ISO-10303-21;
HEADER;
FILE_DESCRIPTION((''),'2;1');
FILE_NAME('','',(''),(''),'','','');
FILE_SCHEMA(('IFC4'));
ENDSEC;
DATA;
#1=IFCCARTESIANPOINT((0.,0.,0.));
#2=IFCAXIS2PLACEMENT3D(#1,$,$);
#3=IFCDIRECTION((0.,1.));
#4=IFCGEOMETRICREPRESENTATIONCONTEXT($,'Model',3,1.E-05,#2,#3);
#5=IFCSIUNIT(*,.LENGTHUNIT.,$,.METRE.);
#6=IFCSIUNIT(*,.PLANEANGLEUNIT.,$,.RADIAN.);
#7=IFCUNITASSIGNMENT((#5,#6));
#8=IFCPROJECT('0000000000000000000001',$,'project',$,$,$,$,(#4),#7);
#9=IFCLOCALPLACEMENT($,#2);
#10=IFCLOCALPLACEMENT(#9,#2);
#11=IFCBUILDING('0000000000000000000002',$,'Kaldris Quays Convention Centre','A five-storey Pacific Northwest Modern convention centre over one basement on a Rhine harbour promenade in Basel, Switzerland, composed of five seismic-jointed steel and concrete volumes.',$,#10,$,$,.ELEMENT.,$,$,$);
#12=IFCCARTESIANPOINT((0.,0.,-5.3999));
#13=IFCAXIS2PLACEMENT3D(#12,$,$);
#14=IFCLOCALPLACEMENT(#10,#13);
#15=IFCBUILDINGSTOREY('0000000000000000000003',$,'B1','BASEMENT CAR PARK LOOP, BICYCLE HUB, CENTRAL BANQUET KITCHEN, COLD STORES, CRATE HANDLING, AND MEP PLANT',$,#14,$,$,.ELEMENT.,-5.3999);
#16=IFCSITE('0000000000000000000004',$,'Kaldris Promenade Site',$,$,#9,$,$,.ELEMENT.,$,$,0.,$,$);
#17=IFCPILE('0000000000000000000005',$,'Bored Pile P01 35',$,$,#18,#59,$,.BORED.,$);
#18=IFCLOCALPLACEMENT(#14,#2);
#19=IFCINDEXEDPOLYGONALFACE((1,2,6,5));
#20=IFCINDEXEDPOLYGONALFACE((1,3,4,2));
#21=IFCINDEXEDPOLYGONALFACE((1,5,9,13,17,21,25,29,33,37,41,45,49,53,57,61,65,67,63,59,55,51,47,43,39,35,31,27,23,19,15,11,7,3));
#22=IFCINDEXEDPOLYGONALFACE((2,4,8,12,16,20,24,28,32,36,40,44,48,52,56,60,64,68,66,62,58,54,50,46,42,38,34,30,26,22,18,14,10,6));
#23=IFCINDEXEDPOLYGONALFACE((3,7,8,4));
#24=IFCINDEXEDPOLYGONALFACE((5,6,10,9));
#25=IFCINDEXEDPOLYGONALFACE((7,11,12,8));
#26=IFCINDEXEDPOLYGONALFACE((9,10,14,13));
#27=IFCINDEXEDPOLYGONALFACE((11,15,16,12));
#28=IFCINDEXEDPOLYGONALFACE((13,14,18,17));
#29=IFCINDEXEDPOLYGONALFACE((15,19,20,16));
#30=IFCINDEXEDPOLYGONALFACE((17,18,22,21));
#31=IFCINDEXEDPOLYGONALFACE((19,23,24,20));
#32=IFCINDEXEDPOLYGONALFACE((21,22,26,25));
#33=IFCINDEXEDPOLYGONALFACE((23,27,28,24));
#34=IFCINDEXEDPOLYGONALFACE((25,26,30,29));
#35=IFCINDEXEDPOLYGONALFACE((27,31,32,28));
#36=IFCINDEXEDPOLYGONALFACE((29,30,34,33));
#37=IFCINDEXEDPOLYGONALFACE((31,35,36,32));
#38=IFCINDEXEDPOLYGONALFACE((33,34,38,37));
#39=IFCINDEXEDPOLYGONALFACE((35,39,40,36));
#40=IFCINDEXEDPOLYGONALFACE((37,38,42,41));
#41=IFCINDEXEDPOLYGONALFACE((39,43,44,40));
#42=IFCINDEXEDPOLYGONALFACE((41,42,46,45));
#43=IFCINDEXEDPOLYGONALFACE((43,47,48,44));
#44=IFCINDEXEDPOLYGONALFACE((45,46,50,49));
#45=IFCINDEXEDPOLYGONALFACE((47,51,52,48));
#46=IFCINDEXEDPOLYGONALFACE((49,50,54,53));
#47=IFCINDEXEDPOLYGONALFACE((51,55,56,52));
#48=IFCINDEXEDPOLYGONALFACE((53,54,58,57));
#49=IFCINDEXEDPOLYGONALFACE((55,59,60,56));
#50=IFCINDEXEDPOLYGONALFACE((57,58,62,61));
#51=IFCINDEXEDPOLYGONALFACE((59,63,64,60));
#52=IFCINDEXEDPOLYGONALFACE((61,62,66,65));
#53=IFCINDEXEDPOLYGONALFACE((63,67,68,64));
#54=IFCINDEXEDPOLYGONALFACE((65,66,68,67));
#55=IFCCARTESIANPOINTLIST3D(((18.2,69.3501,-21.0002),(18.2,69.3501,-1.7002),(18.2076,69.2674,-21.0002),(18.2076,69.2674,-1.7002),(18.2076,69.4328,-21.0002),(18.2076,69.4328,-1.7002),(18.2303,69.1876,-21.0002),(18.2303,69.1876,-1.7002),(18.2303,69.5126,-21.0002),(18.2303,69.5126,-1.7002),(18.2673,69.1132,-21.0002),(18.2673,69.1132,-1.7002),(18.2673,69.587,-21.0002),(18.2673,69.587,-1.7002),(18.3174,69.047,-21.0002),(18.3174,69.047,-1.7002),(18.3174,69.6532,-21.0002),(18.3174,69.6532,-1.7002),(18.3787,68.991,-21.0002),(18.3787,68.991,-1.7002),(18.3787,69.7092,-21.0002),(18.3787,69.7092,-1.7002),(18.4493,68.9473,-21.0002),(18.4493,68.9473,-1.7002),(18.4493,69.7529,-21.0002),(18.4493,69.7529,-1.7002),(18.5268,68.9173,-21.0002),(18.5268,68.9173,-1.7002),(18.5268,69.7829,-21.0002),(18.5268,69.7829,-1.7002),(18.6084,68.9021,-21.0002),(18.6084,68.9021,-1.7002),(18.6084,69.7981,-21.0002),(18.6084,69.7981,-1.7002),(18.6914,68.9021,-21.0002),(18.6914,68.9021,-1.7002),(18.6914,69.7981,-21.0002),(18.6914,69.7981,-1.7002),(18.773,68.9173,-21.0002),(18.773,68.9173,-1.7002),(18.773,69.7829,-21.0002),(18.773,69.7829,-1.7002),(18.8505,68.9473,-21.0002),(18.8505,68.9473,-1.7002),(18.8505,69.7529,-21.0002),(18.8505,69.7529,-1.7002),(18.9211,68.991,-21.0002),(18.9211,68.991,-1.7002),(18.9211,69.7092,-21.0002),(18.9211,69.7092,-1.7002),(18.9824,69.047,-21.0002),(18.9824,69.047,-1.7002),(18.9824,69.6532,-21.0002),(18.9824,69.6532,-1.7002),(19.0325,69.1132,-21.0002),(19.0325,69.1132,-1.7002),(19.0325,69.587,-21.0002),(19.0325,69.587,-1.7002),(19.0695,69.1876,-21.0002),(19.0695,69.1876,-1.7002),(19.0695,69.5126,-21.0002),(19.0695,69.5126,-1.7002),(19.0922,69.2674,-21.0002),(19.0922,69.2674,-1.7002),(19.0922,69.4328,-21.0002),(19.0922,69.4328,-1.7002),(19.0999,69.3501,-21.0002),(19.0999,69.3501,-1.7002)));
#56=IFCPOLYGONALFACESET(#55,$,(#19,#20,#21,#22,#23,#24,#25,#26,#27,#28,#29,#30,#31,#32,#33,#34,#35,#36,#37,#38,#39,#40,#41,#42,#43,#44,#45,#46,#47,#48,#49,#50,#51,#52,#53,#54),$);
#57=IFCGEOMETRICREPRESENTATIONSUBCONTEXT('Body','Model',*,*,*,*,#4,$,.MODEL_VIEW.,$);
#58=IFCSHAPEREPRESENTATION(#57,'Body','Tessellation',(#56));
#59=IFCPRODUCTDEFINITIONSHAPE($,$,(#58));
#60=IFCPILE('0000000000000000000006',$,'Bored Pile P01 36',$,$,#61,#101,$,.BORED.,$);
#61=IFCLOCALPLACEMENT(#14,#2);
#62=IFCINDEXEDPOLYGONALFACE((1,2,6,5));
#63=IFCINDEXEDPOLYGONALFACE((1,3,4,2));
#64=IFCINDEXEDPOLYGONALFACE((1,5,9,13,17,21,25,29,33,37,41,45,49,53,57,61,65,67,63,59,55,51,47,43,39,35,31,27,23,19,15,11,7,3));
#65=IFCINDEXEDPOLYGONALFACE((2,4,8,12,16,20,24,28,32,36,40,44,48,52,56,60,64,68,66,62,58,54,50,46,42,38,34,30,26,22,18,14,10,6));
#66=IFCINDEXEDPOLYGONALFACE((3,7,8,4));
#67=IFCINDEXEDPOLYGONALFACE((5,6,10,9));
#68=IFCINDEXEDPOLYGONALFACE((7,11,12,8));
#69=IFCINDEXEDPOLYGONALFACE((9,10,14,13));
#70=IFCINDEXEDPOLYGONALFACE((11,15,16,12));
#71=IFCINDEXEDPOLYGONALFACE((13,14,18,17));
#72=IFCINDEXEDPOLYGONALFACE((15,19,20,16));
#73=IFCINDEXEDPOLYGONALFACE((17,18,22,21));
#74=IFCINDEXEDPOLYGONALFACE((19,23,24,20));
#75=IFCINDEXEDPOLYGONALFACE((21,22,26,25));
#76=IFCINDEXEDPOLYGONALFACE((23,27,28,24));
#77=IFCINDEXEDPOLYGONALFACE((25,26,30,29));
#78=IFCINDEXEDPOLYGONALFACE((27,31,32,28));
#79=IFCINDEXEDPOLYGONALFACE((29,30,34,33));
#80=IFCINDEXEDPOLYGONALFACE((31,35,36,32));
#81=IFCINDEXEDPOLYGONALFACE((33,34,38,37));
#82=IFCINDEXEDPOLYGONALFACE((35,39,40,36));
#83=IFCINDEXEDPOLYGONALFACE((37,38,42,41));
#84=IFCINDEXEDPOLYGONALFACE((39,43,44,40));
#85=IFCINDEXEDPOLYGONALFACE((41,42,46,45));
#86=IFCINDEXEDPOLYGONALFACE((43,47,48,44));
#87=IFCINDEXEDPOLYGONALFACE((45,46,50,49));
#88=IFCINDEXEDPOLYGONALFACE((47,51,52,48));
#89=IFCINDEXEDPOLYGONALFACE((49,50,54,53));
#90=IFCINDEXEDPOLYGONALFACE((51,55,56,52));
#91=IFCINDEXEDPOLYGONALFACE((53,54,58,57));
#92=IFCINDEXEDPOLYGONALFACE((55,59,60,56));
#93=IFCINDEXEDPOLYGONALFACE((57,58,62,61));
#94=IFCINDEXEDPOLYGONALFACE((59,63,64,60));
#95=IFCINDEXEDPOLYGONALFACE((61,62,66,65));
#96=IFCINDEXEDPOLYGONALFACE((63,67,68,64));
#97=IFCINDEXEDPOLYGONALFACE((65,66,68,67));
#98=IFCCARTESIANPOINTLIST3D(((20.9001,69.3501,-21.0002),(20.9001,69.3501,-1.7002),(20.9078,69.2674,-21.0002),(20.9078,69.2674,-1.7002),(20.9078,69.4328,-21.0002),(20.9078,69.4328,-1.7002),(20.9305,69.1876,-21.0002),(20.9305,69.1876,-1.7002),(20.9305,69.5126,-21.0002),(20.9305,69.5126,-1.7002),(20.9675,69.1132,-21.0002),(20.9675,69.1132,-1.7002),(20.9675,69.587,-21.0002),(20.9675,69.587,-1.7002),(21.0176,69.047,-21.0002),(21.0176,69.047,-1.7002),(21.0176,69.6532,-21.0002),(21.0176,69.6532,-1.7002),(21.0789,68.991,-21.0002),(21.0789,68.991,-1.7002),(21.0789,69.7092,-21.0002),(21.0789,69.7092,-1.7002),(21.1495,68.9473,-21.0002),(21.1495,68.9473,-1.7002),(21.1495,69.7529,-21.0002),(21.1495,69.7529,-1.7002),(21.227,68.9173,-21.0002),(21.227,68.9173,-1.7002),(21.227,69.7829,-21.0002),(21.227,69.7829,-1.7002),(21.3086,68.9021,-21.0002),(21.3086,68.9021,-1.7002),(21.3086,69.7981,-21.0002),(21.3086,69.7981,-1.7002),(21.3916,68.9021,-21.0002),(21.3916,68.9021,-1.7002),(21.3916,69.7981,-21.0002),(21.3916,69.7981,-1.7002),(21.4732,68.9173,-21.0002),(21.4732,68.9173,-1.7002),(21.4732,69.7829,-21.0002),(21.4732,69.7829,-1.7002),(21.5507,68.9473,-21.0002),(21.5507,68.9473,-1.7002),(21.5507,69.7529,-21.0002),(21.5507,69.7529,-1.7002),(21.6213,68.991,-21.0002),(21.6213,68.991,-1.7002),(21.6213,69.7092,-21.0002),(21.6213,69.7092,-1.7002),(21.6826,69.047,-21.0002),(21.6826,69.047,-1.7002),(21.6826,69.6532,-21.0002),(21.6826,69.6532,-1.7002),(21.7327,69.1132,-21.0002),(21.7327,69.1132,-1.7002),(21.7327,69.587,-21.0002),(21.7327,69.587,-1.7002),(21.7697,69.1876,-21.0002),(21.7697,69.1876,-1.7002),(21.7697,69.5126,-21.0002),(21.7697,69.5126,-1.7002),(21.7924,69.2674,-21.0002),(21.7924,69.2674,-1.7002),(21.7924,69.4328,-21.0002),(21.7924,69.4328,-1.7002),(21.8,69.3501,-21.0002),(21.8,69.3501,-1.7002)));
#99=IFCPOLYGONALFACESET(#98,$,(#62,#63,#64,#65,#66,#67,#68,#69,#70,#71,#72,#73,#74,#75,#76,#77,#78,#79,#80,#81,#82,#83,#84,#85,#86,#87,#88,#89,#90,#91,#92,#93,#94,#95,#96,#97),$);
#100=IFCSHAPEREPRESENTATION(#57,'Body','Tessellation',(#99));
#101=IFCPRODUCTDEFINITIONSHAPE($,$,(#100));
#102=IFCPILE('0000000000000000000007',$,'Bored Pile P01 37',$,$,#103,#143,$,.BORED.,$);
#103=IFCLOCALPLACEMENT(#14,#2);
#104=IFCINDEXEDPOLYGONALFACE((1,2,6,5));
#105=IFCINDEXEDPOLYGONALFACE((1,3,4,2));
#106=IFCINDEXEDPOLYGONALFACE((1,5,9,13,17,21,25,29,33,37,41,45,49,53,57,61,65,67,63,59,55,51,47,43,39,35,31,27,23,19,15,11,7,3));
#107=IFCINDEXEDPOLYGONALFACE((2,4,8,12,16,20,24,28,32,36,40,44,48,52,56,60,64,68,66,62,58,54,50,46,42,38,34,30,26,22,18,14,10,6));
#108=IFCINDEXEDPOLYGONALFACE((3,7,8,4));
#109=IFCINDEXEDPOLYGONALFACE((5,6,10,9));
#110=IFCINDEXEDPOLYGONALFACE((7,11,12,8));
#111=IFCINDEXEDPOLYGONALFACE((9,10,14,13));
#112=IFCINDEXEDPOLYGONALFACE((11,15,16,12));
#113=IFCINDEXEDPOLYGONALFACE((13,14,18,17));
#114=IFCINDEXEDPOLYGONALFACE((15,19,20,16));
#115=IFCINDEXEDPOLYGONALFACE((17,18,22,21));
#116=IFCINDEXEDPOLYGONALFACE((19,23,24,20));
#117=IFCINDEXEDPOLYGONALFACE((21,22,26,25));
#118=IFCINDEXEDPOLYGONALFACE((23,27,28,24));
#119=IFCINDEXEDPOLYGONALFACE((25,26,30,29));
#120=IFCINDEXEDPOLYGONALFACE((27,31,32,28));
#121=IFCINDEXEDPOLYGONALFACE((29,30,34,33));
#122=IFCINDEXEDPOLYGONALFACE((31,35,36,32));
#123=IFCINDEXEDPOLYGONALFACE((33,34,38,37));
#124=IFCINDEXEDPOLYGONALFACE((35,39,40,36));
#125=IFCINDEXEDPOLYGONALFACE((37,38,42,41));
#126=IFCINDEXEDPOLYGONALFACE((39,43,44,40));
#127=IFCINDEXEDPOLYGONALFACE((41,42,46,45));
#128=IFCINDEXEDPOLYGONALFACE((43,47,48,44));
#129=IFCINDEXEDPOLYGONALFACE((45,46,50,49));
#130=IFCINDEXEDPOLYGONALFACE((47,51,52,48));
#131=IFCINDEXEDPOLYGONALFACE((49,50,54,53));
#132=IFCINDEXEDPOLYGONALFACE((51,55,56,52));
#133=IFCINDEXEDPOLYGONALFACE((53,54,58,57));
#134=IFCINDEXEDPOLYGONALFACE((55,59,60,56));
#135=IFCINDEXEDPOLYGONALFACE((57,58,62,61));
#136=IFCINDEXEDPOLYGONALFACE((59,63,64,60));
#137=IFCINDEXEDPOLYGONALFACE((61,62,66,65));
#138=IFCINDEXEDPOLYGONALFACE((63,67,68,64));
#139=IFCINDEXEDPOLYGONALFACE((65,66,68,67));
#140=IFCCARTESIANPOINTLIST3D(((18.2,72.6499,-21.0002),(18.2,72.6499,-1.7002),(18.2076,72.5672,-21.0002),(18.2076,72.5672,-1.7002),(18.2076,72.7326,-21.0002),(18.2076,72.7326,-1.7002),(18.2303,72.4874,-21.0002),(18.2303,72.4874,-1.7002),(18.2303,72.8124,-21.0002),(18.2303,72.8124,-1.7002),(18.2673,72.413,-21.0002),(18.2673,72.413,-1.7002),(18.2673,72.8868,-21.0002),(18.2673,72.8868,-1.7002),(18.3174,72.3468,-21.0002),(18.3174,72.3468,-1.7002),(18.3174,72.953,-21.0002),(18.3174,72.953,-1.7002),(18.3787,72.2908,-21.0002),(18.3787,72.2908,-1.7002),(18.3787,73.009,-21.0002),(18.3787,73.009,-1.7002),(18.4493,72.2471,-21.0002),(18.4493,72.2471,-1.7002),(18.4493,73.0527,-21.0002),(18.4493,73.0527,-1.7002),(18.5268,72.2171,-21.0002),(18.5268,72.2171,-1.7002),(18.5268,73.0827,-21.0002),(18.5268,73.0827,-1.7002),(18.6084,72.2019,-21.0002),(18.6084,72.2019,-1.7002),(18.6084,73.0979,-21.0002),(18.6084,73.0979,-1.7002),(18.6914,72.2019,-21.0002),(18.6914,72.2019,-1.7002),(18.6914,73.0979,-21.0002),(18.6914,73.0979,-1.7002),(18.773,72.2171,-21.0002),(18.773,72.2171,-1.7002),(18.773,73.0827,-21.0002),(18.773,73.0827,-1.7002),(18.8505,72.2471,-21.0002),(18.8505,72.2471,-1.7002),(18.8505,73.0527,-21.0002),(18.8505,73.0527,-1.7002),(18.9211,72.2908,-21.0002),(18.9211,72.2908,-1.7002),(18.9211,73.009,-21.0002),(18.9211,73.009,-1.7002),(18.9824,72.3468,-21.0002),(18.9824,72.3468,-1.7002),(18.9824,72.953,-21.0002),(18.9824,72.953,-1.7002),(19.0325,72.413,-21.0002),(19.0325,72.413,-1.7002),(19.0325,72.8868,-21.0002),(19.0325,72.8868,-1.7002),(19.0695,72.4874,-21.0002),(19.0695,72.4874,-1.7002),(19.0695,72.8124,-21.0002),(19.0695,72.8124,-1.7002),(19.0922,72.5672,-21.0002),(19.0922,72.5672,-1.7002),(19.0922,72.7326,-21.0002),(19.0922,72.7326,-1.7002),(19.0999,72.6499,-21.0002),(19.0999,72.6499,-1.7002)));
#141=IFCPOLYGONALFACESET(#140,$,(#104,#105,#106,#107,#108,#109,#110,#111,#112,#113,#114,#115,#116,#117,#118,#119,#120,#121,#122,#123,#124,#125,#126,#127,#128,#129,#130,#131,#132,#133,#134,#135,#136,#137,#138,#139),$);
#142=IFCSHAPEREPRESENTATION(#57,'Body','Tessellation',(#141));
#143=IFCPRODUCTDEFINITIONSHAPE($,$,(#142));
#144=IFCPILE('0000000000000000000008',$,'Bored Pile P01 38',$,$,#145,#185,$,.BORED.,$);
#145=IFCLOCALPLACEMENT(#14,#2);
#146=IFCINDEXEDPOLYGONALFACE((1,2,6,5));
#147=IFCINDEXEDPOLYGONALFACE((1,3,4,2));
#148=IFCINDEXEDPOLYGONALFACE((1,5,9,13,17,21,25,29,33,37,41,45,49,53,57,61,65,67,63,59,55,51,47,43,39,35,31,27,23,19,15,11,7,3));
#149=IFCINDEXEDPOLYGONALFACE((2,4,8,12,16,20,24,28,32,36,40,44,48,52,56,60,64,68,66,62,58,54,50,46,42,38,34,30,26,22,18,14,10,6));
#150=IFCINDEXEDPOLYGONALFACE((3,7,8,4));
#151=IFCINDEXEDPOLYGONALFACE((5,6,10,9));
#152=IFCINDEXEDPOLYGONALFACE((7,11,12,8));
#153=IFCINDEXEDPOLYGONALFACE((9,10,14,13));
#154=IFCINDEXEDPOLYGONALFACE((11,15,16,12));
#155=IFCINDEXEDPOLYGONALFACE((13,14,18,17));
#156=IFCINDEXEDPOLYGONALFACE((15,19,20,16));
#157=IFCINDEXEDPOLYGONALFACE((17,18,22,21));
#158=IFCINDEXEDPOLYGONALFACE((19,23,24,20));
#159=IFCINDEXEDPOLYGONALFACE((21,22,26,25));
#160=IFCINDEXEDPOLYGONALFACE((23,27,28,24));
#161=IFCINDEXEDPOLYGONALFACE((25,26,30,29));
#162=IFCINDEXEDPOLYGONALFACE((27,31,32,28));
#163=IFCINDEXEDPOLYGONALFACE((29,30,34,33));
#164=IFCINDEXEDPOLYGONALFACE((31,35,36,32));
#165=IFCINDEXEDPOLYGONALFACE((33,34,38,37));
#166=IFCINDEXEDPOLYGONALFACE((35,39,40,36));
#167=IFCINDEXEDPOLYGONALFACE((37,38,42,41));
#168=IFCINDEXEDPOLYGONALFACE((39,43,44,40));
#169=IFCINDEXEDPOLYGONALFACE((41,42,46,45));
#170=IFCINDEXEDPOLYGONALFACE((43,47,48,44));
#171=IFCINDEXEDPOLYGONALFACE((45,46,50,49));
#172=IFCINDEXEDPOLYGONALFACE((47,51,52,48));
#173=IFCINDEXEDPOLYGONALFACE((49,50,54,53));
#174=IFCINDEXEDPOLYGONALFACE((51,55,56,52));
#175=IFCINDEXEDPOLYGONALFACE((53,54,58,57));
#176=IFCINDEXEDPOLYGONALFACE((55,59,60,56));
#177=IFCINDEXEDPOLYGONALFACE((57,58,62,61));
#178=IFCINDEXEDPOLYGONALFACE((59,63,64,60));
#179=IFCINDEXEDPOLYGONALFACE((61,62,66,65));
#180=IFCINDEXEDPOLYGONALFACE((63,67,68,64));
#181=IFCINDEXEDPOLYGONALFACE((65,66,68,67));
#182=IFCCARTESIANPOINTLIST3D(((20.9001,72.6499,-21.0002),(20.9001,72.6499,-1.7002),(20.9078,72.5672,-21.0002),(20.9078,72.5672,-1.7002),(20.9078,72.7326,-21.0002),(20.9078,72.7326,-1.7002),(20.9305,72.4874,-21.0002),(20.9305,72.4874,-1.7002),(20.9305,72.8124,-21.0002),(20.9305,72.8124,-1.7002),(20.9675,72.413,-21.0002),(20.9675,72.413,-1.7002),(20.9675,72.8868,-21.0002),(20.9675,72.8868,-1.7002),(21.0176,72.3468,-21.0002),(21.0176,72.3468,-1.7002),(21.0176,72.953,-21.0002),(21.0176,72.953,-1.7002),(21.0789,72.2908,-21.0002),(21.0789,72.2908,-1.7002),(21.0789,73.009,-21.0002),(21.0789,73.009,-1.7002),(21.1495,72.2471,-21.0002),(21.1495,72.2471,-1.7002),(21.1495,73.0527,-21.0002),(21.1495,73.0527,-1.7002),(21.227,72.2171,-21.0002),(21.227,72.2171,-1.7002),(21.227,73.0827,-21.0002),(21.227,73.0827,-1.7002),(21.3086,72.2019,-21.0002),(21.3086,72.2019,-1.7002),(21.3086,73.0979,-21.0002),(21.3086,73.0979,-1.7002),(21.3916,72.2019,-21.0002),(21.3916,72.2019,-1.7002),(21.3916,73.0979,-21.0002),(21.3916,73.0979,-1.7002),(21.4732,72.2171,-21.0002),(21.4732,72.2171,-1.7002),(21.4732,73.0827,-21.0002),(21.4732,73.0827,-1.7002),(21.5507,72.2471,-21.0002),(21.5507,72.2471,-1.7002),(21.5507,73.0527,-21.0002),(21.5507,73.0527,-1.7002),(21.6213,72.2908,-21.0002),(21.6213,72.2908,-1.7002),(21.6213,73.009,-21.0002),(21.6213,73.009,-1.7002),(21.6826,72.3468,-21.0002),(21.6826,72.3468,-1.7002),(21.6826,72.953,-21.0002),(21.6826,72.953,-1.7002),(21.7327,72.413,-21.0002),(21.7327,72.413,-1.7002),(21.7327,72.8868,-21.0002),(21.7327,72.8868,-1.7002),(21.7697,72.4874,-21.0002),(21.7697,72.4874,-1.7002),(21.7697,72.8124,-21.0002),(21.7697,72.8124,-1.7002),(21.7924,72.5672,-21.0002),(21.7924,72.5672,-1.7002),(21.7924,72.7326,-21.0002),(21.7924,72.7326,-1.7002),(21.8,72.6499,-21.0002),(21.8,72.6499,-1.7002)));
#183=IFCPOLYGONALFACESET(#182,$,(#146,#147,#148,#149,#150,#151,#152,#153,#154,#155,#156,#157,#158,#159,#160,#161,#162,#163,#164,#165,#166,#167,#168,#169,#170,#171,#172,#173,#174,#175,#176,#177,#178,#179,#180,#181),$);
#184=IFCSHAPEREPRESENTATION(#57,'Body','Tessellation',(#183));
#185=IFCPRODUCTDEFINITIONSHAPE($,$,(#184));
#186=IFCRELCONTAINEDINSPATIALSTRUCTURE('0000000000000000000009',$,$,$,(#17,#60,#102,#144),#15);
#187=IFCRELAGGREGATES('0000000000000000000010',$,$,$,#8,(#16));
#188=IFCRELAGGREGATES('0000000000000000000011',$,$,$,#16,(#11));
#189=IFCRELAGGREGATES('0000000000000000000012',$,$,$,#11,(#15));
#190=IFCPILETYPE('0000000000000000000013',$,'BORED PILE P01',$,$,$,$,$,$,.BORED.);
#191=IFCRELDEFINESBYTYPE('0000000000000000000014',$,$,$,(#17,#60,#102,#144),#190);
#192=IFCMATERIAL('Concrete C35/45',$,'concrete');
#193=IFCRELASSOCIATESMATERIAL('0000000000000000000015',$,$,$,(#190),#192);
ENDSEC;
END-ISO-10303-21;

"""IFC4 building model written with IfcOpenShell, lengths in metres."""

from ifc_helpers import new_model, si_unit, direction, frame, origin, origin_2d, place, context, subcontext, project, spatial, circle, extrude, material, material_profile, profile_set, type_object, element, save


model = new_model("IFC4")

# Units and contexts
model_context = context("Model", 3, precision=1e-05, world=origin(), true_north=direction((0.0, 1.0)))
body_context = subcontext(model_context, "Body", "Model", "MODEL_VIEW")
ifc_project = project(units=[si_unit("LENGTHUNIT", "METRE"), si_unit("PLANEANGLEUNIT", "RADIAN")], contexts=[model_context])

# Site, building, storey
site_placement = place(None, origin())
site = spatial("IfcSite", under=ifc_project, at=site_placement, Name="Kaldris Promenade Site", CompositionType="ELEMENT", RefElevation=0.0)
building_placement = place(site_placement, origin())
building = spatial("IfcBuilding", under=site, at=building_placement, Name="Kaldris Quays Convention Centre", Description="A five-storey Pacific Northwest Modern convention centre over one basement on a Rhine harbour promenade in Basel, Switzerland, composed of five seismic-jointed steel and concrete volumes.", CompositionType="ELEMENT")
storey_placement = place(building_placement, frame((0.0, 0.0, -5.3999)))
storey = spatial("IfcBuildingStorey", under=building, at=storey_placement, Name="B1", Description="BASEMENT CAR PARK LOOP, BICYCLE HUB, CENTRAL BANQUET KITCHEN, COLD STORES, CRATE HANDLING, AND MEP PLANT", CompositionType="ELEMENT", Elevation=-5.3999)

# Piles
ifc_material_1 = material(Name="Concrete C35/45", Category="concrete")
ifc_material_profile_1 = material_profile(ifc_material_1, circle(Radius=0.45, at=origin_2d()), Name="BORED PILE D900")
ifc_profile_set_1 = profile_set([ifc_material_profile_1], Name="Concrete C35/45")
pile_type = type_object("IfcPileType", Name="BORED PILE P01", PredefinedType="BORED", material=ifc_profile_set_1)
for number, where, z_axis, x_axis, name in (
    (1, (18.6499, 69.3501, -1.7002), (0.0, 0.0, -1.0), (1.0, 0.0, 0.0), "Bored Pile P01 35"),
    (2, (21.3501, 69.3501, -1.7002), (0.0, 0.0, -1.0), (1.0, 0.0, 0.0), "Bored Pile P01 36"),
    (3, (18.6499, 72.6499, -1.7002), (0.0, 0.0, -1.0), (1.0, 0.0, 0.0), "Bored Pile P01 37"),
    (4, (21.3501, 72.6499, -1.7002), (0.0, 0.0, -1.0), (1.0, 0.0, 0.0), "Bored Pile P01 38"),
):
    element("IfcPile", number, at=place(storey_placement, frame(where, z_axis=z_axis, x_axis=x_axis)), inside=storey, type_object=pile_type, Name=name, PredefinedType="BORED", context=body_context, shape_type="SweptSolid", body=[
        extrude(circle(Radius=0.45, at=origin_2d()), origin(), (0.0, 0.0, 1.0), 19.3),
    ])

save(model, "model.ifc")
